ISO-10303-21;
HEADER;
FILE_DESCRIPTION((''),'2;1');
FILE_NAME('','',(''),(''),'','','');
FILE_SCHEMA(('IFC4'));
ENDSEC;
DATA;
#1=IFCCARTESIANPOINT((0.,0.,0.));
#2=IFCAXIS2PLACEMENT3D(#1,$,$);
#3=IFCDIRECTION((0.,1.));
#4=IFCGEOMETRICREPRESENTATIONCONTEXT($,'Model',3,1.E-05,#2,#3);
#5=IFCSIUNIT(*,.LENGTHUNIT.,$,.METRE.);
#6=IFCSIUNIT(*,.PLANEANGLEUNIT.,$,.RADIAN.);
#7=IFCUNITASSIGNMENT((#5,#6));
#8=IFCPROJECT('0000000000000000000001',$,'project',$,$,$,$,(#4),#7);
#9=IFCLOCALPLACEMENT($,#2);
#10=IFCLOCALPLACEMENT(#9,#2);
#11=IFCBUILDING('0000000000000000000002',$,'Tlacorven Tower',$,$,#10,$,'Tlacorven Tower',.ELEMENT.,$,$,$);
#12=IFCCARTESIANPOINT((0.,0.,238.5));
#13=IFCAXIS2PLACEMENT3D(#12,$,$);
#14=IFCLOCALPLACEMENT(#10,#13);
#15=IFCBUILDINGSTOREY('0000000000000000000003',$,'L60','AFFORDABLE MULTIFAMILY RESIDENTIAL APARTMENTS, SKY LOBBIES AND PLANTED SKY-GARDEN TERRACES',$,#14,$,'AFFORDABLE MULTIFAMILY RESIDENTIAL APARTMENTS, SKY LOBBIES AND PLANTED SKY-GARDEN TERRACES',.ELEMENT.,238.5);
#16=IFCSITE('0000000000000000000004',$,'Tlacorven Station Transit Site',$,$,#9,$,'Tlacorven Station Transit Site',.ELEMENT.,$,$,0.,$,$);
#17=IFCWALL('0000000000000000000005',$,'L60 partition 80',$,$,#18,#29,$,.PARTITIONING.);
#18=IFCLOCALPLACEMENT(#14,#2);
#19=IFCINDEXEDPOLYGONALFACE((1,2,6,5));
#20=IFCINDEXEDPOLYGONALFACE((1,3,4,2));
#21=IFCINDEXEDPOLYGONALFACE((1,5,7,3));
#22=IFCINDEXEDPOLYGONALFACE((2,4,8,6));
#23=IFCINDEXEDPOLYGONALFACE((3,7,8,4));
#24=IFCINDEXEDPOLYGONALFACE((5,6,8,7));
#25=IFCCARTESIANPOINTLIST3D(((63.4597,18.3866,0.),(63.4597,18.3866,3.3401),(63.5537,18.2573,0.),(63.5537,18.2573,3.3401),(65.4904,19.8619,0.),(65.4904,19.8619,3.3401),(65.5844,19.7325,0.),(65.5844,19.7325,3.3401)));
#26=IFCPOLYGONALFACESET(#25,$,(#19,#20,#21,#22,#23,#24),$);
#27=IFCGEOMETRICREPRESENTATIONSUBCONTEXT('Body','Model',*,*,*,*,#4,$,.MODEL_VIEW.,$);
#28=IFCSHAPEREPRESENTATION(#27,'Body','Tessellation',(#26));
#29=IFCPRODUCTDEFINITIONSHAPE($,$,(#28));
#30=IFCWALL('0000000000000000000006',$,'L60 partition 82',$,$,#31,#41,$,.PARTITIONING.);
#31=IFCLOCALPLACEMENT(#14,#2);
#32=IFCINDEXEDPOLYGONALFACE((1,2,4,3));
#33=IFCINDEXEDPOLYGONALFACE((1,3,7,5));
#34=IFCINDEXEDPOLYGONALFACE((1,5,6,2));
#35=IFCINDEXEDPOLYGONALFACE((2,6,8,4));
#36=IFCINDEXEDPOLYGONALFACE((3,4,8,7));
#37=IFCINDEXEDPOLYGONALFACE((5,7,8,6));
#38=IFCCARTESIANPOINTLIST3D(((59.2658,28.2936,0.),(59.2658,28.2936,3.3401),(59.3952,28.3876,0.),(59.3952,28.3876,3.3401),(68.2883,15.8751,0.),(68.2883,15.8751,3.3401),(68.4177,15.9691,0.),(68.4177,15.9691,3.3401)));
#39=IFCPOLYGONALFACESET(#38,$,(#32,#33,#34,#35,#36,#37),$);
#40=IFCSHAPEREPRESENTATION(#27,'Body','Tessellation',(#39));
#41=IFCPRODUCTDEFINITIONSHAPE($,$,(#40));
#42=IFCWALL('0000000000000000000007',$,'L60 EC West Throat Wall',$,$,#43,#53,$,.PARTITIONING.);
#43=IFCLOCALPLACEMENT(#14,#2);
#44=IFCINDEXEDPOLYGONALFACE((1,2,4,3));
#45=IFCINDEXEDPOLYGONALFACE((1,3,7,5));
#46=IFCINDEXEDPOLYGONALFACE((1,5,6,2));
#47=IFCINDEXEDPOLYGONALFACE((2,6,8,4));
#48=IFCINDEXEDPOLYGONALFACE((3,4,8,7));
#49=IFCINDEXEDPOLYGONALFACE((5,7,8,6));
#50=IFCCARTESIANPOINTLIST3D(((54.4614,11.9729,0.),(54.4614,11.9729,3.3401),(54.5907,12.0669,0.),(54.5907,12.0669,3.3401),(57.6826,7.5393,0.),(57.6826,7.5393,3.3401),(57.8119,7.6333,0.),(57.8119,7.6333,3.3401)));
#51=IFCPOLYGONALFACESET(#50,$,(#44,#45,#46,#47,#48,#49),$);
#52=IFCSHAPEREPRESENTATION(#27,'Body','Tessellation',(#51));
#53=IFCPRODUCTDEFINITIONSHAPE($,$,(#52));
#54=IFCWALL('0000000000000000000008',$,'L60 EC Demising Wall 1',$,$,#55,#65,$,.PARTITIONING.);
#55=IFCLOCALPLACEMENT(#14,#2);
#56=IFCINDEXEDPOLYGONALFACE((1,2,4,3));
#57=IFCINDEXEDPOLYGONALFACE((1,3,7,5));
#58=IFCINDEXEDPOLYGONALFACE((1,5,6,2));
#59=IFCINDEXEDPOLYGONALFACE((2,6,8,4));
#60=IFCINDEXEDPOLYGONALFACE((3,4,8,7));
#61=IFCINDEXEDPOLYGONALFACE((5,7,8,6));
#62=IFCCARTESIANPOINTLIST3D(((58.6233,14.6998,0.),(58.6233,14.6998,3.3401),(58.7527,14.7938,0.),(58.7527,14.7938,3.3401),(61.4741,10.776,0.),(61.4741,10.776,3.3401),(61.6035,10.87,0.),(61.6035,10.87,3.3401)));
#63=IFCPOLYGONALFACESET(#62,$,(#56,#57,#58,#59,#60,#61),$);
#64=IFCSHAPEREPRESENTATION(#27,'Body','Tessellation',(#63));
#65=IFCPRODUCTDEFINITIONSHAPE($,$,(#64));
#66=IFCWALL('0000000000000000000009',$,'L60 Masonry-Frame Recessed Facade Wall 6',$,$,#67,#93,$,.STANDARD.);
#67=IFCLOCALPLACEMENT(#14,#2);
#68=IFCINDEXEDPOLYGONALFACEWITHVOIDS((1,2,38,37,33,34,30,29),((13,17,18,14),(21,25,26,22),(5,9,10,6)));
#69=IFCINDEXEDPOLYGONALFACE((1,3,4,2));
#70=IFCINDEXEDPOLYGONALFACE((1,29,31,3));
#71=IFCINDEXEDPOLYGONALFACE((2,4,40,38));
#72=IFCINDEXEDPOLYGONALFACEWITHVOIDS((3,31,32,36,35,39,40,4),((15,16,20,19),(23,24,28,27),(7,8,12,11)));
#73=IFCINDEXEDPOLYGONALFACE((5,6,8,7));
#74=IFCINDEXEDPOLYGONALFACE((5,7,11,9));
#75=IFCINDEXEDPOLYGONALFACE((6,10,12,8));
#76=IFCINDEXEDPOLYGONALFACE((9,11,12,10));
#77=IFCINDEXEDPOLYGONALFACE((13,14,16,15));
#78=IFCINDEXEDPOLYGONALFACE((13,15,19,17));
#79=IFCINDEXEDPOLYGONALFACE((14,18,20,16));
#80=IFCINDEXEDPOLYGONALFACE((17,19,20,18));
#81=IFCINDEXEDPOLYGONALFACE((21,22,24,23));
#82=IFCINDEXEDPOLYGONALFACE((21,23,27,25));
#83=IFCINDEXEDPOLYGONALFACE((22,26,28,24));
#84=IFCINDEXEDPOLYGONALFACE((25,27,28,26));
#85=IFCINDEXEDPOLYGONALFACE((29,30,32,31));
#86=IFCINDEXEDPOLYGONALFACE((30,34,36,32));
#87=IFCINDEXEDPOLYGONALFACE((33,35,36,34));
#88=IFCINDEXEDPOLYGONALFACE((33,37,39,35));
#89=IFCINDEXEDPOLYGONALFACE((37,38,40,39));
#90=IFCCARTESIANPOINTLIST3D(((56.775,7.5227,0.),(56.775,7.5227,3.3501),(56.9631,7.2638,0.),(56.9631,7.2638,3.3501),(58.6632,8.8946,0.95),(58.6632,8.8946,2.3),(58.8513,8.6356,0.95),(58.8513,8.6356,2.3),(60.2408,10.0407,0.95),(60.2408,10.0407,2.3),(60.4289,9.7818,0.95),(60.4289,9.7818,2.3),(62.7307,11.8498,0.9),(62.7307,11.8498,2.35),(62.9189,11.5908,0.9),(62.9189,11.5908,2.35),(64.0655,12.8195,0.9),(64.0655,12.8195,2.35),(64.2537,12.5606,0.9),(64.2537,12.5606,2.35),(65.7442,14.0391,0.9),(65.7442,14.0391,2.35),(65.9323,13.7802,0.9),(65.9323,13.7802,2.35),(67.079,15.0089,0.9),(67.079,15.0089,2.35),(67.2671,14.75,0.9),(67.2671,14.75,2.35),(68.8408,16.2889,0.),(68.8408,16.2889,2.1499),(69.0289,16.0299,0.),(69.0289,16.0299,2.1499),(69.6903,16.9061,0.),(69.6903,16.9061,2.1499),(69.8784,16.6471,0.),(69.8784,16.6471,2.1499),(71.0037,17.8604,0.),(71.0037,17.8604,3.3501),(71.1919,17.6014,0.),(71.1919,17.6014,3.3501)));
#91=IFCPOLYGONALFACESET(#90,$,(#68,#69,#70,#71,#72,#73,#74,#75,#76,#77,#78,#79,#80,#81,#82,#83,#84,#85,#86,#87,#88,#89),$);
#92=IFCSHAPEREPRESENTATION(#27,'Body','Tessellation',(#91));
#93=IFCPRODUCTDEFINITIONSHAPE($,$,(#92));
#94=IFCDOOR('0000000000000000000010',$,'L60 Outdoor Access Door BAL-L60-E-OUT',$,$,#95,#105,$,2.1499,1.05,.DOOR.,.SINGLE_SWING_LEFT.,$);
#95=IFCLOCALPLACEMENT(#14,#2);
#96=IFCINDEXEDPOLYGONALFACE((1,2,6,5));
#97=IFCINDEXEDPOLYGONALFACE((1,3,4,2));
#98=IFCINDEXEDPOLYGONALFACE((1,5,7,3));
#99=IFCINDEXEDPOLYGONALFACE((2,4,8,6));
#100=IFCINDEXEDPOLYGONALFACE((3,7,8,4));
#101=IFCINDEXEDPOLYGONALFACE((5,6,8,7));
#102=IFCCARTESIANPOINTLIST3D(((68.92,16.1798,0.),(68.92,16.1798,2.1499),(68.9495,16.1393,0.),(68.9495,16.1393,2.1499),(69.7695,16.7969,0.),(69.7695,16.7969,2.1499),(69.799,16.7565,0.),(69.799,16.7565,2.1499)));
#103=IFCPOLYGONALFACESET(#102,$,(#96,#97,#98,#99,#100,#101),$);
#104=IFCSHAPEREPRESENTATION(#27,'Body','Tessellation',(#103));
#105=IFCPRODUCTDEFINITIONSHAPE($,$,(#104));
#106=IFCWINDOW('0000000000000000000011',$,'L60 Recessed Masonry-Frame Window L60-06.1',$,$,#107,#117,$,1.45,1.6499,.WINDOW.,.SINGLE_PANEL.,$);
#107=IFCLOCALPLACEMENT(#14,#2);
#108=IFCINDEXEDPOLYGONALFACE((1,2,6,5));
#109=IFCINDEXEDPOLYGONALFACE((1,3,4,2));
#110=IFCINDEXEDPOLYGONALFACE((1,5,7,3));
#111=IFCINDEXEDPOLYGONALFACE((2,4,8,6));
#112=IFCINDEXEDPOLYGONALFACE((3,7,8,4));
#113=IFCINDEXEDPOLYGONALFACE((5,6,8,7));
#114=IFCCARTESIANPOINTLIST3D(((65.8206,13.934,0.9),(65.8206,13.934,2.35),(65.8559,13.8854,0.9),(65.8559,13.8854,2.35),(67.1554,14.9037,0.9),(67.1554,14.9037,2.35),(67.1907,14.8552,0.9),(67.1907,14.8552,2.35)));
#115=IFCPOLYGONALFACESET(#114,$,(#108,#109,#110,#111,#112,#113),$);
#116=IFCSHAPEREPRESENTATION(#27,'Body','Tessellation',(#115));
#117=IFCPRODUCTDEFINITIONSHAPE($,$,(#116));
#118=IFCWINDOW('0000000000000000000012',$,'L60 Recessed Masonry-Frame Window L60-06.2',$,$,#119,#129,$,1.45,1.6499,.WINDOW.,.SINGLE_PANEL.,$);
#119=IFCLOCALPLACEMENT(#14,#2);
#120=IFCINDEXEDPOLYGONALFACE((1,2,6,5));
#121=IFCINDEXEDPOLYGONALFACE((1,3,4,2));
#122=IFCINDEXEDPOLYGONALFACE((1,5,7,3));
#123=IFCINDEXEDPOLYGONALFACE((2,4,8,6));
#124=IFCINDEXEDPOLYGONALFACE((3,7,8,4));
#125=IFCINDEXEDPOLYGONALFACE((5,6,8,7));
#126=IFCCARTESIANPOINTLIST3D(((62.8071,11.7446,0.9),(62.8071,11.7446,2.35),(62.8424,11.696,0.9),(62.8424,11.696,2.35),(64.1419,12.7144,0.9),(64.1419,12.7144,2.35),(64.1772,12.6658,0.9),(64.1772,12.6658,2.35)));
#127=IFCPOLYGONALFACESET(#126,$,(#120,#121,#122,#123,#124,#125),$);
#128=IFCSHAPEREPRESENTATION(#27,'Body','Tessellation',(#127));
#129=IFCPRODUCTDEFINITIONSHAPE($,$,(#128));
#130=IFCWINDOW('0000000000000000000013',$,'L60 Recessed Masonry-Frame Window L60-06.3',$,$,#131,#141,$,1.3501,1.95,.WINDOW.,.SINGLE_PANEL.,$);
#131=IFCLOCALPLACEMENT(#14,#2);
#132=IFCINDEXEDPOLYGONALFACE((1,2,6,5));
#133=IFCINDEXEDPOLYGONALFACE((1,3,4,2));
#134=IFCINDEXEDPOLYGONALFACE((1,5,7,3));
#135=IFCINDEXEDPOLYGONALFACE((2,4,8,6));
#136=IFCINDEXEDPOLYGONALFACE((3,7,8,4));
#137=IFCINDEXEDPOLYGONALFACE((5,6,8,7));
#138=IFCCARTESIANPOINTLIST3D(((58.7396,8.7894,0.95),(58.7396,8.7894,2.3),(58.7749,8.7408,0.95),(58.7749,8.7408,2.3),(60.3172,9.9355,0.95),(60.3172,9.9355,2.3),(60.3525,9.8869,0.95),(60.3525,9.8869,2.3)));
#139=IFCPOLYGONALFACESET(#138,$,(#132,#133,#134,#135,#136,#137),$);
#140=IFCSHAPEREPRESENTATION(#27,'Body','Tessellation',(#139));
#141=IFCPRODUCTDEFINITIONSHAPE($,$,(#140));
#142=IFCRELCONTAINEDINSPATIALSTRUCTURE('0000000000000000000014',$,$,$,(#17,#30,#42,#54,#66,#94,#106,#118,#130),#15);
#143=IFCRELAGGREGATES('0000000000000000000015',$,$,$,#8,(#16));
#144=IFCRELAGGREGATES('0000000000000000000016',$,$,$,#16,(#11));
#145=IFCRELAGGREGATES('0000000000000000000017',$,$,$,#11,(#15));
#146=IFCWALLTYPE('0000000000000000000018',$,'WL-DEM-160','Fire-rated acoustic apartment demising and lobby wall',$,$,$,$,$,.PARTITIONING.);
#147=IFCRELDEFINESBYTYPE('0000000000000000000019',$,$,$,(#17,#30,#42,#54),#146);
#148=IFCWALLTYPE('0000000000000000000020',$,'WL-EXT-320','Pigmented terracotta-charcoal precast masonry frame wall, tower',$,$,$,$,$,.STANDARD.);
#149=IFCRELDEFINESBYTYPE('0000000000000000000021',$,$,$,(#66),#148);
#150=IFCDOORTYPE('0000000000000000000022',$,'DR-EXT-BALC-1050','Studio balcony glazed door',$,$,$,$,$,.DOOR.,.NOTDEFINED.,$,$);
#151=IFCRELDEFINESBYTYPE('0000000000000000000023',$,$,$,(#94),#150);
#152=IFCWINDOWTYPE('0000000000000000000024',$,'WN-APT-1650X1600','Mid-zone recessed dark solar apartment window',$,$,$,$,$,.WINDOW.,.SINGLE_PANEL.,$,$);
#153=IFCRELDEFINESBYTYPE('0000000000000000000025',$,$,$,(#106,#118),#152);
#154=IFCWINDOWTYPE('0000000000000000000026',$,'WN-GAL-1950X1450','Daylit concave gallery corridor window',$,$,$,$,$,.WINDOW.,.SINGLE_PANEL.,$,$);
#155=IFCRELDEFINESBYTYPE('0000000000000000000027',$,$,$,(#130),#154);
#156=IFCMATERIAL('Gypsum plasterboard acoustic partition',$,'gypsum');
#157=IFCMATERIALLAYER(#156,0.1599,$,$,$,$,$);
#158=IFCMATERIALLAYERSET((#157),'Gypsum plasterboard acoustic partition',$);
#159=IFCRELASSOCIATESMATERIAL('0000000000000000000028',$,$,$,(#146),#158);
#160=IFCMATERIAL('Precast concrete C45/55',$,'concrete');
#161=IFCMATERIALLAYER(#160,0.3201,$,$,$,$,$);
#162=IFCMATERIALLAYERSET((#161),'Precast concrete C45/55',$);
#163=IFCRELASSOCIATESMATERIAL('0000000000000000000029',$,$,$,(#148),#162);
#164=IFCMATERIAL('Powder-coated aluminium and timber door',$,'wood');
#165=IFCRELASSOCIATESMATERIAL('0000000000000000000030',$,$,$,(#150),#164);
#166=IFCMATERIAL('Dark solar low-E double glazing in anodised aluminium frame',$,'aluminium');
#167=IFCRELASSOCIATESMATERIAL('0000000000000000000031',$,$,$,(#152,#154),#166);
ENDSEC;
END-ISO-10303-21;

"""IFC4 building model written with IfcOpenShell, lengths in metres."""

from ifc_helpers import new_model, si_unit, direction, frame, frame_2d, origin, place, context, subcontext, project, spatial, rectangle, extrude, source, transform, mapped, material, layer, layer_set, type_object, element, fill, save


model = new_model("IFC4")

# Units and contexts
model_context = context("Model", 3, precision=1e-05, world=origin(), true_north=direction((0.0, 1.0)))
body_context = subcontext(model_context, "Body", "Model", "MODEL_VIEW")
ifc_project = project(units=[si_unit("LENGTHUNIT", "METRE"), si_unit("PLANEANGLEUNIT", "RADIAN")], contexts=[model_context])

# Site, building, storey
site_placement = place(None, origin())
site = spatial("IfcSite", under=ifc_project, at=site_placement, Name="Tlacorven Station Transit Site", LongName="Tlacorven Station Transit Site", CompositionType="ELEMENT", RefElevation=0.0)
building_placement = place(site_placement, origin())
building = spatial("IfcBuilding", under=site, at=building_placement, Name="Tlacorven Tower", LongName="Tlacorven Tower", CompositionType="ELEMENT")
storey_placement = place(building_placement, frame((0.0, 0.0, 238.5)))
storey = spatial("IfcBuildingStorey", under=building, at=storey_placement, Name="L60", Description="AFFORDABLE MULTIFAMILY RESIDENTIAL APARTMENTS, SKY LOBBIES AND PLANTED SKY-GARDEN TERRACES", LongName="AFFORDABLE MULTIFAMILY RESIDENTIAL APARTMENTS, SKY LOBBIES AND PLANTED SKY-GARDEN TERRACES", CompositionType="ELEMENT", Elevation=238.5)

# Walls
ifc_material_1 = material(Name="Gypsum plasterboard acoustic partition", Category="gypsum")
ifc_layer_1 = layer(ifc_material_1, 0.1599)
ifc_layer_set_1 = layer_set([ifc_layer_1], Name="Gypsum plasterboard acoustic partition")
wall_type_1 = type_object("IfcWallType", Name="WL-DEM-160", Description="Fire-rated acoustic apartment demising and lobby wall", PredefinedType="PARTITIONING", material=ifc_layer_set_1)
wall_1_placement = place(storey_placement, frame((63.5068, 18.322, 0.0), z_axis=(0.0, 0.0, 1.0), x_axis=(0.809035, 0.587761, 0.0)))
element("IfcWall", 1, at=wall_1_placement, inside=storey, type_object=wall_type_1, Name="L60 partition 80", PredefinedType="PARTITIONING", context=body_context, shape_type="SweptSolid", body=[
    extrude(rectangle(XDim=2.51, YDim=0.1599, at=frame_2d((1.2549, 0.0))), origin(), (0.0, 0.0, 1.0), 3.3401),
])
wall_2_placement = place(storey_placement, frame((68.353, 15.9221, 0.0), z_axis=(0.0, 0.0, 1.0), x_axis=(-0.587782, 0.809019, 0.0)))
element("IfcWall", 2, at=wall_2_placement, inside=storey, type_object=wall_type_1, Name="L60 partition 82", PredefinedType="PARTITIONING", context=body_context, shape_type="SweptSolid", body=[
    extrude(rectangle(XDim=15.3501, YDim=0.1599, at=frame_2d((7.675, 0.0))), origin(), (0.0, 0.0, 1.0), 3.3401),
])
wall_3_placement = place(storey_placement, frame((57.7473, 7.5862, 0.0), z_axis=(0.0, 0.0, 1.0), x_axis=(-0.587785, 0.809017, 0.0)))
element("IfcWall", 3, at=wall_3_placement, inside=storey, type_object=wall_type_1, Name="L60 EC West Throat Wall", PredefinedType="PARTITIONING", context=body_context, shape_type="SweptSolid", body=[
    extrude(rectangle(XDim=5.4802, YDim=0.1599, at=frame_2d((2.7402, 0.0))), origin(), (0.0, 0.0, 1.0), 3.3401),
])
wall_4_placement = place(storey_placement, frame((61.5388, 10.823, 0.0), z_axis=(0.0, 0.0, 1.0), x_axis=(-0.587786, 0.809017, 0.0)))
element("IfcWall", 4, at=wall_4_placement, inside=storey, type_object=wall_type_1, Name="L60 EC Demising Wall 1", PredefinedType="PARTITIONING", context=body_context, shape_type="SweptSolid", body=[
    extrude(rectangle(XDim=4.8501, YDim=0.1599, at=frame_2d((2.425, 0.0))), origin(), (0.0, 0.0, 1.0), 3.3401),
])

# Wall, openings, door, windows
ifc_material_2 = material(Name="Precast concrete C45/55", Category="concrete")
ifc_layer_2 = layer(ifc_material_2, 0.3201)
ifc_layer_set_2 = layer_set([ifc_layer_2], Name="Precast concrete C45/55")
wall_type_2 = type_object("IfcWallType", Name="WL-EXT-320", Description="Pigmented terracotta-charcoal precast masonry frame wall, tower", PredefinedType="STANDARD", material=ifc_layer_set_2)
wall_5_placement = place(storey_placement, frame((71.0979, 17.731, 0.0), z_axis=(0.0, 0.0, 1.0), x_axis=(-0.809021, -0.58778, 0.0)))
wall_5 = element("IfcWall", 5, at=wall_5_placement, inside=storey, type_object=wall_type_2, Name="L60 Masonry-Frame Recessed Facade Wall 6", PredefinedType="STANDARD", context=body_context, shape_type="SweptSolid", body=[
    extrude(rectangle(XDim=17.5876, YDim=0.3201, at=frame_2d((8.7939, 0.0))), origin(), (0.0, 0.0, 1.0), 3.3501),
])
opening_1_placement = place(wall_5_placement, frame((1.6238, 0.0, 0.0)))
opening_1 = element("IfcOpeningElement", 6, at=opening_1_placement, cuts=wall_5, PredefinedType="OPENING", context=body_context, shape_type="SweptSolid", body=[
    extrude(rectangle(XDim=1.05, YDim=2.1499, at=frame_2d((0.5249, 1.075))), frame((0.0, 0.1699, 0.0), z_axis=(0.0, -1.0, 0.0), x_axis=(1.0, 0.0, 0.0)), (0.0, 0.0, 1.0), 0.3401),
])
opening_2_placement = place(wall_5_placement, frame((4.8513, 0.0, 0.8999)))
opening_2 = element("IfcOpeningElement", 7, at=opening_2_placement, cuts=wall_5, PredefinedType="OPENING", context=body_context, shape_type="SweptSolid", body=[
    extrude(rectangle(XDim=1.6499, YDim=1.45, at=frame_2d((0.825, 0.7251))), frame((0.0, 0.1699, 0.0), z_axis=(0.0, -1.0, 0.0), x_axis=(1.0, 0.0, 0.0)), (0.0, 0.0, 1.0), 0.3401),
])
opening_3_placement = place(wall_5_placement, frame((8.5762, 0.0, 0.8999)))
opening_3 = element("IfcOpeningElement", 8, at=opening_3_placement, cuts=wall_5, PredefinedType="OPENING", context=body_context, shape_type="SweptSolid", body=[
    extrude(rectangle(XDim=1.6499, YDim=1.45, at=frame_2d((0.825, 0.7251))), frame((0.0, 0.1699, 0.0), z_axis=(0.0, -1.0, 0.0), x_axis=(1.0, 0.0, 0.0)), (0.0, 0.0, 1.0), 0.3401),
])
opening_4_placement = place(wall_5_placement, frame((13.3037, 0.0, 0.95)))
opening_4 = element("IfcOpeningElement", 9, at=opening_4_placement, cuts=wall_5, PredefinedType="OPENING", context=body_context, shape_type="SweptSolid", body=[
    extrude(rectangle(XDim=1.95, YDim=1.3501, at=frame_2d((0.9751, 0.675))), frame((0.0, 0.1699, 0.0), z_axis=(0.0, -1.0, 0.0), x_axis=(1.0, 0.0, 0.0)), (0.0, 0.0, 1.0), 0.3401),
])
ifc_material_3 = material(Name="Powder-coated aluminium and timber door", Category="wood")
door_type = type_object("IfcDoorType", Name="DR-EXT-BALC-1050", Description="Studio balcony glazed door", OperationType="NOTDEFINED", PredefinedType="DOOR", material=ifc_material_3)
shared_shape_1 = source(origin(), body_context, "Body", "SweptSolid", [
    extrude(rectangle(XDim=1.05, YDim=2.1499, at=frame_2d((0.5249, 1.075))), frame((0.0, 0.0249, 0.0), z_axis=(0.0, -1.0, 0.0), x_axis=(1.0, 0.0, 0.0)), (0.0, 0.0, 1.0), 0.05),
])
door_placement = place(opening_1_placement, origin())
door = element("IfcDoor", 10, at=door_placement, inside=storey, type_object=door_type, Name="L60 Outdoor Access Door BAL-L60-E-OUT", OperationType="SINGLE_SWING_LEFT", OverallHeight=2.1499, OverallWidth=1.05, PredefinedType="DOOR", context=body_context, shape_type="MappedRepresentation", body=[
    mapped(shared_shape_1, transform((0.0, 0.0, 0.0), scale=1.0)),
])
fill(opening_1, door)
ifc_material_4 = material(Name="Dark solar low-E double glazing in anodised aluminium frame", Category="aluminium")
window_type_1 = type_object("IfcWindowType", Name="WN-APT-1650X1600", Description="Mid-zone recessed dark solar apartment window", PartitioningType="SINGLE_PANEL", PredefinedType="WINDOW", material=ifc_material_4)
shared_shape_2 = source(origin(), body_context, "Body", "SweptSolid", [
    extrude(rectangle(XDim=1.6499, YDim=1.45, at=frame_2d((0.825, 0.7251))), frame((0.0, 0.03, 0.0), z_axis=(0.0, -1.0, 0.0), x_axis=(1.0, 0.0, 0.0)), (0.0, 0.0, 1.0), 0.0601),
])
window_1_placement = place(opening_2_placement, origin())
window_1 = element("IfcWindow", 11, at=window_1_placement, inside=storey, type_object=window_type_1, Name="L60 Recessed Masonry-Frame Window L60-06.1", OverallHeight=1.45, OverallWidth=1.6499, PartitioningType="SINGLE_PANEL", PredefinedType="WINDOW", context=body_context, shape_type="MappedRepresentation", body=[
    mapped(shared_shape_2, transform((0.0, 0.0, 0.0), scale=1.0)),
])
fill(opening_2, window_1)
window_2_placement = place(opening_3_placement, origin())
window_2 = element("IfcWindow", 12, at=window_2_placement, inside=storey, type_object=window_type_1, Name="L60 Recessed Masonry-Frame Window L60-06.2", OverallHeight=1.45, OverallWidth=1.6499, PartitioningType="SINGLE_PANEL", PredefinedType="WINDOW", context=body_context, shape_type="MappedRepresentation", body=[
    mapped(shared_shape_2, transform((0.0, 0.0, 0.0), scale=1.0)),
])
fill(opening_3, window_2)
window_type_2 = type_object("IfcWindowType", Name="WN-GAL-1950X1450", Description="Daylit concave gallery corridor window", PartitioningType="SINGLE_PANEL", PredefinedType="WINDOW", material=ifc_material_4)
shared_shape_3 = source(origin(), body_context, "Body", "SweptSolid", [
    extrude(rectangle(XDim=1.95, YDim=1.3501, at=frame_2d((0.9751, 0.675))), frame((0.0, 0.03, 0.0), z_axis=(0.0, -1.0, 0.0), x_axis=(1.0, 0.0, 0.0)), (0.0, 0.0, 1.0), 0.0601),
])
window_3_placement = place(opening_4_placement, origin())
window_3 = element("IfcWindow", 13, at=window_3_placement, inside=storey, type_object=window_type_2, Name="L60 Recessed Masonry-Frame Window L60-06.3", OverallHeight=1.3501, OverallWidth=1.95, PartitioningType="SINGLE_PANEL", PredefinedType="WINDOW", context=body_context, shape_type="MappedRepresentation", body=[
    mapped(shared_shape_3, transform((0.0, 0.0, 0.0), scale=1.0)),
])
fill(opening_4, window_3)

save(model, "model.ifc")
